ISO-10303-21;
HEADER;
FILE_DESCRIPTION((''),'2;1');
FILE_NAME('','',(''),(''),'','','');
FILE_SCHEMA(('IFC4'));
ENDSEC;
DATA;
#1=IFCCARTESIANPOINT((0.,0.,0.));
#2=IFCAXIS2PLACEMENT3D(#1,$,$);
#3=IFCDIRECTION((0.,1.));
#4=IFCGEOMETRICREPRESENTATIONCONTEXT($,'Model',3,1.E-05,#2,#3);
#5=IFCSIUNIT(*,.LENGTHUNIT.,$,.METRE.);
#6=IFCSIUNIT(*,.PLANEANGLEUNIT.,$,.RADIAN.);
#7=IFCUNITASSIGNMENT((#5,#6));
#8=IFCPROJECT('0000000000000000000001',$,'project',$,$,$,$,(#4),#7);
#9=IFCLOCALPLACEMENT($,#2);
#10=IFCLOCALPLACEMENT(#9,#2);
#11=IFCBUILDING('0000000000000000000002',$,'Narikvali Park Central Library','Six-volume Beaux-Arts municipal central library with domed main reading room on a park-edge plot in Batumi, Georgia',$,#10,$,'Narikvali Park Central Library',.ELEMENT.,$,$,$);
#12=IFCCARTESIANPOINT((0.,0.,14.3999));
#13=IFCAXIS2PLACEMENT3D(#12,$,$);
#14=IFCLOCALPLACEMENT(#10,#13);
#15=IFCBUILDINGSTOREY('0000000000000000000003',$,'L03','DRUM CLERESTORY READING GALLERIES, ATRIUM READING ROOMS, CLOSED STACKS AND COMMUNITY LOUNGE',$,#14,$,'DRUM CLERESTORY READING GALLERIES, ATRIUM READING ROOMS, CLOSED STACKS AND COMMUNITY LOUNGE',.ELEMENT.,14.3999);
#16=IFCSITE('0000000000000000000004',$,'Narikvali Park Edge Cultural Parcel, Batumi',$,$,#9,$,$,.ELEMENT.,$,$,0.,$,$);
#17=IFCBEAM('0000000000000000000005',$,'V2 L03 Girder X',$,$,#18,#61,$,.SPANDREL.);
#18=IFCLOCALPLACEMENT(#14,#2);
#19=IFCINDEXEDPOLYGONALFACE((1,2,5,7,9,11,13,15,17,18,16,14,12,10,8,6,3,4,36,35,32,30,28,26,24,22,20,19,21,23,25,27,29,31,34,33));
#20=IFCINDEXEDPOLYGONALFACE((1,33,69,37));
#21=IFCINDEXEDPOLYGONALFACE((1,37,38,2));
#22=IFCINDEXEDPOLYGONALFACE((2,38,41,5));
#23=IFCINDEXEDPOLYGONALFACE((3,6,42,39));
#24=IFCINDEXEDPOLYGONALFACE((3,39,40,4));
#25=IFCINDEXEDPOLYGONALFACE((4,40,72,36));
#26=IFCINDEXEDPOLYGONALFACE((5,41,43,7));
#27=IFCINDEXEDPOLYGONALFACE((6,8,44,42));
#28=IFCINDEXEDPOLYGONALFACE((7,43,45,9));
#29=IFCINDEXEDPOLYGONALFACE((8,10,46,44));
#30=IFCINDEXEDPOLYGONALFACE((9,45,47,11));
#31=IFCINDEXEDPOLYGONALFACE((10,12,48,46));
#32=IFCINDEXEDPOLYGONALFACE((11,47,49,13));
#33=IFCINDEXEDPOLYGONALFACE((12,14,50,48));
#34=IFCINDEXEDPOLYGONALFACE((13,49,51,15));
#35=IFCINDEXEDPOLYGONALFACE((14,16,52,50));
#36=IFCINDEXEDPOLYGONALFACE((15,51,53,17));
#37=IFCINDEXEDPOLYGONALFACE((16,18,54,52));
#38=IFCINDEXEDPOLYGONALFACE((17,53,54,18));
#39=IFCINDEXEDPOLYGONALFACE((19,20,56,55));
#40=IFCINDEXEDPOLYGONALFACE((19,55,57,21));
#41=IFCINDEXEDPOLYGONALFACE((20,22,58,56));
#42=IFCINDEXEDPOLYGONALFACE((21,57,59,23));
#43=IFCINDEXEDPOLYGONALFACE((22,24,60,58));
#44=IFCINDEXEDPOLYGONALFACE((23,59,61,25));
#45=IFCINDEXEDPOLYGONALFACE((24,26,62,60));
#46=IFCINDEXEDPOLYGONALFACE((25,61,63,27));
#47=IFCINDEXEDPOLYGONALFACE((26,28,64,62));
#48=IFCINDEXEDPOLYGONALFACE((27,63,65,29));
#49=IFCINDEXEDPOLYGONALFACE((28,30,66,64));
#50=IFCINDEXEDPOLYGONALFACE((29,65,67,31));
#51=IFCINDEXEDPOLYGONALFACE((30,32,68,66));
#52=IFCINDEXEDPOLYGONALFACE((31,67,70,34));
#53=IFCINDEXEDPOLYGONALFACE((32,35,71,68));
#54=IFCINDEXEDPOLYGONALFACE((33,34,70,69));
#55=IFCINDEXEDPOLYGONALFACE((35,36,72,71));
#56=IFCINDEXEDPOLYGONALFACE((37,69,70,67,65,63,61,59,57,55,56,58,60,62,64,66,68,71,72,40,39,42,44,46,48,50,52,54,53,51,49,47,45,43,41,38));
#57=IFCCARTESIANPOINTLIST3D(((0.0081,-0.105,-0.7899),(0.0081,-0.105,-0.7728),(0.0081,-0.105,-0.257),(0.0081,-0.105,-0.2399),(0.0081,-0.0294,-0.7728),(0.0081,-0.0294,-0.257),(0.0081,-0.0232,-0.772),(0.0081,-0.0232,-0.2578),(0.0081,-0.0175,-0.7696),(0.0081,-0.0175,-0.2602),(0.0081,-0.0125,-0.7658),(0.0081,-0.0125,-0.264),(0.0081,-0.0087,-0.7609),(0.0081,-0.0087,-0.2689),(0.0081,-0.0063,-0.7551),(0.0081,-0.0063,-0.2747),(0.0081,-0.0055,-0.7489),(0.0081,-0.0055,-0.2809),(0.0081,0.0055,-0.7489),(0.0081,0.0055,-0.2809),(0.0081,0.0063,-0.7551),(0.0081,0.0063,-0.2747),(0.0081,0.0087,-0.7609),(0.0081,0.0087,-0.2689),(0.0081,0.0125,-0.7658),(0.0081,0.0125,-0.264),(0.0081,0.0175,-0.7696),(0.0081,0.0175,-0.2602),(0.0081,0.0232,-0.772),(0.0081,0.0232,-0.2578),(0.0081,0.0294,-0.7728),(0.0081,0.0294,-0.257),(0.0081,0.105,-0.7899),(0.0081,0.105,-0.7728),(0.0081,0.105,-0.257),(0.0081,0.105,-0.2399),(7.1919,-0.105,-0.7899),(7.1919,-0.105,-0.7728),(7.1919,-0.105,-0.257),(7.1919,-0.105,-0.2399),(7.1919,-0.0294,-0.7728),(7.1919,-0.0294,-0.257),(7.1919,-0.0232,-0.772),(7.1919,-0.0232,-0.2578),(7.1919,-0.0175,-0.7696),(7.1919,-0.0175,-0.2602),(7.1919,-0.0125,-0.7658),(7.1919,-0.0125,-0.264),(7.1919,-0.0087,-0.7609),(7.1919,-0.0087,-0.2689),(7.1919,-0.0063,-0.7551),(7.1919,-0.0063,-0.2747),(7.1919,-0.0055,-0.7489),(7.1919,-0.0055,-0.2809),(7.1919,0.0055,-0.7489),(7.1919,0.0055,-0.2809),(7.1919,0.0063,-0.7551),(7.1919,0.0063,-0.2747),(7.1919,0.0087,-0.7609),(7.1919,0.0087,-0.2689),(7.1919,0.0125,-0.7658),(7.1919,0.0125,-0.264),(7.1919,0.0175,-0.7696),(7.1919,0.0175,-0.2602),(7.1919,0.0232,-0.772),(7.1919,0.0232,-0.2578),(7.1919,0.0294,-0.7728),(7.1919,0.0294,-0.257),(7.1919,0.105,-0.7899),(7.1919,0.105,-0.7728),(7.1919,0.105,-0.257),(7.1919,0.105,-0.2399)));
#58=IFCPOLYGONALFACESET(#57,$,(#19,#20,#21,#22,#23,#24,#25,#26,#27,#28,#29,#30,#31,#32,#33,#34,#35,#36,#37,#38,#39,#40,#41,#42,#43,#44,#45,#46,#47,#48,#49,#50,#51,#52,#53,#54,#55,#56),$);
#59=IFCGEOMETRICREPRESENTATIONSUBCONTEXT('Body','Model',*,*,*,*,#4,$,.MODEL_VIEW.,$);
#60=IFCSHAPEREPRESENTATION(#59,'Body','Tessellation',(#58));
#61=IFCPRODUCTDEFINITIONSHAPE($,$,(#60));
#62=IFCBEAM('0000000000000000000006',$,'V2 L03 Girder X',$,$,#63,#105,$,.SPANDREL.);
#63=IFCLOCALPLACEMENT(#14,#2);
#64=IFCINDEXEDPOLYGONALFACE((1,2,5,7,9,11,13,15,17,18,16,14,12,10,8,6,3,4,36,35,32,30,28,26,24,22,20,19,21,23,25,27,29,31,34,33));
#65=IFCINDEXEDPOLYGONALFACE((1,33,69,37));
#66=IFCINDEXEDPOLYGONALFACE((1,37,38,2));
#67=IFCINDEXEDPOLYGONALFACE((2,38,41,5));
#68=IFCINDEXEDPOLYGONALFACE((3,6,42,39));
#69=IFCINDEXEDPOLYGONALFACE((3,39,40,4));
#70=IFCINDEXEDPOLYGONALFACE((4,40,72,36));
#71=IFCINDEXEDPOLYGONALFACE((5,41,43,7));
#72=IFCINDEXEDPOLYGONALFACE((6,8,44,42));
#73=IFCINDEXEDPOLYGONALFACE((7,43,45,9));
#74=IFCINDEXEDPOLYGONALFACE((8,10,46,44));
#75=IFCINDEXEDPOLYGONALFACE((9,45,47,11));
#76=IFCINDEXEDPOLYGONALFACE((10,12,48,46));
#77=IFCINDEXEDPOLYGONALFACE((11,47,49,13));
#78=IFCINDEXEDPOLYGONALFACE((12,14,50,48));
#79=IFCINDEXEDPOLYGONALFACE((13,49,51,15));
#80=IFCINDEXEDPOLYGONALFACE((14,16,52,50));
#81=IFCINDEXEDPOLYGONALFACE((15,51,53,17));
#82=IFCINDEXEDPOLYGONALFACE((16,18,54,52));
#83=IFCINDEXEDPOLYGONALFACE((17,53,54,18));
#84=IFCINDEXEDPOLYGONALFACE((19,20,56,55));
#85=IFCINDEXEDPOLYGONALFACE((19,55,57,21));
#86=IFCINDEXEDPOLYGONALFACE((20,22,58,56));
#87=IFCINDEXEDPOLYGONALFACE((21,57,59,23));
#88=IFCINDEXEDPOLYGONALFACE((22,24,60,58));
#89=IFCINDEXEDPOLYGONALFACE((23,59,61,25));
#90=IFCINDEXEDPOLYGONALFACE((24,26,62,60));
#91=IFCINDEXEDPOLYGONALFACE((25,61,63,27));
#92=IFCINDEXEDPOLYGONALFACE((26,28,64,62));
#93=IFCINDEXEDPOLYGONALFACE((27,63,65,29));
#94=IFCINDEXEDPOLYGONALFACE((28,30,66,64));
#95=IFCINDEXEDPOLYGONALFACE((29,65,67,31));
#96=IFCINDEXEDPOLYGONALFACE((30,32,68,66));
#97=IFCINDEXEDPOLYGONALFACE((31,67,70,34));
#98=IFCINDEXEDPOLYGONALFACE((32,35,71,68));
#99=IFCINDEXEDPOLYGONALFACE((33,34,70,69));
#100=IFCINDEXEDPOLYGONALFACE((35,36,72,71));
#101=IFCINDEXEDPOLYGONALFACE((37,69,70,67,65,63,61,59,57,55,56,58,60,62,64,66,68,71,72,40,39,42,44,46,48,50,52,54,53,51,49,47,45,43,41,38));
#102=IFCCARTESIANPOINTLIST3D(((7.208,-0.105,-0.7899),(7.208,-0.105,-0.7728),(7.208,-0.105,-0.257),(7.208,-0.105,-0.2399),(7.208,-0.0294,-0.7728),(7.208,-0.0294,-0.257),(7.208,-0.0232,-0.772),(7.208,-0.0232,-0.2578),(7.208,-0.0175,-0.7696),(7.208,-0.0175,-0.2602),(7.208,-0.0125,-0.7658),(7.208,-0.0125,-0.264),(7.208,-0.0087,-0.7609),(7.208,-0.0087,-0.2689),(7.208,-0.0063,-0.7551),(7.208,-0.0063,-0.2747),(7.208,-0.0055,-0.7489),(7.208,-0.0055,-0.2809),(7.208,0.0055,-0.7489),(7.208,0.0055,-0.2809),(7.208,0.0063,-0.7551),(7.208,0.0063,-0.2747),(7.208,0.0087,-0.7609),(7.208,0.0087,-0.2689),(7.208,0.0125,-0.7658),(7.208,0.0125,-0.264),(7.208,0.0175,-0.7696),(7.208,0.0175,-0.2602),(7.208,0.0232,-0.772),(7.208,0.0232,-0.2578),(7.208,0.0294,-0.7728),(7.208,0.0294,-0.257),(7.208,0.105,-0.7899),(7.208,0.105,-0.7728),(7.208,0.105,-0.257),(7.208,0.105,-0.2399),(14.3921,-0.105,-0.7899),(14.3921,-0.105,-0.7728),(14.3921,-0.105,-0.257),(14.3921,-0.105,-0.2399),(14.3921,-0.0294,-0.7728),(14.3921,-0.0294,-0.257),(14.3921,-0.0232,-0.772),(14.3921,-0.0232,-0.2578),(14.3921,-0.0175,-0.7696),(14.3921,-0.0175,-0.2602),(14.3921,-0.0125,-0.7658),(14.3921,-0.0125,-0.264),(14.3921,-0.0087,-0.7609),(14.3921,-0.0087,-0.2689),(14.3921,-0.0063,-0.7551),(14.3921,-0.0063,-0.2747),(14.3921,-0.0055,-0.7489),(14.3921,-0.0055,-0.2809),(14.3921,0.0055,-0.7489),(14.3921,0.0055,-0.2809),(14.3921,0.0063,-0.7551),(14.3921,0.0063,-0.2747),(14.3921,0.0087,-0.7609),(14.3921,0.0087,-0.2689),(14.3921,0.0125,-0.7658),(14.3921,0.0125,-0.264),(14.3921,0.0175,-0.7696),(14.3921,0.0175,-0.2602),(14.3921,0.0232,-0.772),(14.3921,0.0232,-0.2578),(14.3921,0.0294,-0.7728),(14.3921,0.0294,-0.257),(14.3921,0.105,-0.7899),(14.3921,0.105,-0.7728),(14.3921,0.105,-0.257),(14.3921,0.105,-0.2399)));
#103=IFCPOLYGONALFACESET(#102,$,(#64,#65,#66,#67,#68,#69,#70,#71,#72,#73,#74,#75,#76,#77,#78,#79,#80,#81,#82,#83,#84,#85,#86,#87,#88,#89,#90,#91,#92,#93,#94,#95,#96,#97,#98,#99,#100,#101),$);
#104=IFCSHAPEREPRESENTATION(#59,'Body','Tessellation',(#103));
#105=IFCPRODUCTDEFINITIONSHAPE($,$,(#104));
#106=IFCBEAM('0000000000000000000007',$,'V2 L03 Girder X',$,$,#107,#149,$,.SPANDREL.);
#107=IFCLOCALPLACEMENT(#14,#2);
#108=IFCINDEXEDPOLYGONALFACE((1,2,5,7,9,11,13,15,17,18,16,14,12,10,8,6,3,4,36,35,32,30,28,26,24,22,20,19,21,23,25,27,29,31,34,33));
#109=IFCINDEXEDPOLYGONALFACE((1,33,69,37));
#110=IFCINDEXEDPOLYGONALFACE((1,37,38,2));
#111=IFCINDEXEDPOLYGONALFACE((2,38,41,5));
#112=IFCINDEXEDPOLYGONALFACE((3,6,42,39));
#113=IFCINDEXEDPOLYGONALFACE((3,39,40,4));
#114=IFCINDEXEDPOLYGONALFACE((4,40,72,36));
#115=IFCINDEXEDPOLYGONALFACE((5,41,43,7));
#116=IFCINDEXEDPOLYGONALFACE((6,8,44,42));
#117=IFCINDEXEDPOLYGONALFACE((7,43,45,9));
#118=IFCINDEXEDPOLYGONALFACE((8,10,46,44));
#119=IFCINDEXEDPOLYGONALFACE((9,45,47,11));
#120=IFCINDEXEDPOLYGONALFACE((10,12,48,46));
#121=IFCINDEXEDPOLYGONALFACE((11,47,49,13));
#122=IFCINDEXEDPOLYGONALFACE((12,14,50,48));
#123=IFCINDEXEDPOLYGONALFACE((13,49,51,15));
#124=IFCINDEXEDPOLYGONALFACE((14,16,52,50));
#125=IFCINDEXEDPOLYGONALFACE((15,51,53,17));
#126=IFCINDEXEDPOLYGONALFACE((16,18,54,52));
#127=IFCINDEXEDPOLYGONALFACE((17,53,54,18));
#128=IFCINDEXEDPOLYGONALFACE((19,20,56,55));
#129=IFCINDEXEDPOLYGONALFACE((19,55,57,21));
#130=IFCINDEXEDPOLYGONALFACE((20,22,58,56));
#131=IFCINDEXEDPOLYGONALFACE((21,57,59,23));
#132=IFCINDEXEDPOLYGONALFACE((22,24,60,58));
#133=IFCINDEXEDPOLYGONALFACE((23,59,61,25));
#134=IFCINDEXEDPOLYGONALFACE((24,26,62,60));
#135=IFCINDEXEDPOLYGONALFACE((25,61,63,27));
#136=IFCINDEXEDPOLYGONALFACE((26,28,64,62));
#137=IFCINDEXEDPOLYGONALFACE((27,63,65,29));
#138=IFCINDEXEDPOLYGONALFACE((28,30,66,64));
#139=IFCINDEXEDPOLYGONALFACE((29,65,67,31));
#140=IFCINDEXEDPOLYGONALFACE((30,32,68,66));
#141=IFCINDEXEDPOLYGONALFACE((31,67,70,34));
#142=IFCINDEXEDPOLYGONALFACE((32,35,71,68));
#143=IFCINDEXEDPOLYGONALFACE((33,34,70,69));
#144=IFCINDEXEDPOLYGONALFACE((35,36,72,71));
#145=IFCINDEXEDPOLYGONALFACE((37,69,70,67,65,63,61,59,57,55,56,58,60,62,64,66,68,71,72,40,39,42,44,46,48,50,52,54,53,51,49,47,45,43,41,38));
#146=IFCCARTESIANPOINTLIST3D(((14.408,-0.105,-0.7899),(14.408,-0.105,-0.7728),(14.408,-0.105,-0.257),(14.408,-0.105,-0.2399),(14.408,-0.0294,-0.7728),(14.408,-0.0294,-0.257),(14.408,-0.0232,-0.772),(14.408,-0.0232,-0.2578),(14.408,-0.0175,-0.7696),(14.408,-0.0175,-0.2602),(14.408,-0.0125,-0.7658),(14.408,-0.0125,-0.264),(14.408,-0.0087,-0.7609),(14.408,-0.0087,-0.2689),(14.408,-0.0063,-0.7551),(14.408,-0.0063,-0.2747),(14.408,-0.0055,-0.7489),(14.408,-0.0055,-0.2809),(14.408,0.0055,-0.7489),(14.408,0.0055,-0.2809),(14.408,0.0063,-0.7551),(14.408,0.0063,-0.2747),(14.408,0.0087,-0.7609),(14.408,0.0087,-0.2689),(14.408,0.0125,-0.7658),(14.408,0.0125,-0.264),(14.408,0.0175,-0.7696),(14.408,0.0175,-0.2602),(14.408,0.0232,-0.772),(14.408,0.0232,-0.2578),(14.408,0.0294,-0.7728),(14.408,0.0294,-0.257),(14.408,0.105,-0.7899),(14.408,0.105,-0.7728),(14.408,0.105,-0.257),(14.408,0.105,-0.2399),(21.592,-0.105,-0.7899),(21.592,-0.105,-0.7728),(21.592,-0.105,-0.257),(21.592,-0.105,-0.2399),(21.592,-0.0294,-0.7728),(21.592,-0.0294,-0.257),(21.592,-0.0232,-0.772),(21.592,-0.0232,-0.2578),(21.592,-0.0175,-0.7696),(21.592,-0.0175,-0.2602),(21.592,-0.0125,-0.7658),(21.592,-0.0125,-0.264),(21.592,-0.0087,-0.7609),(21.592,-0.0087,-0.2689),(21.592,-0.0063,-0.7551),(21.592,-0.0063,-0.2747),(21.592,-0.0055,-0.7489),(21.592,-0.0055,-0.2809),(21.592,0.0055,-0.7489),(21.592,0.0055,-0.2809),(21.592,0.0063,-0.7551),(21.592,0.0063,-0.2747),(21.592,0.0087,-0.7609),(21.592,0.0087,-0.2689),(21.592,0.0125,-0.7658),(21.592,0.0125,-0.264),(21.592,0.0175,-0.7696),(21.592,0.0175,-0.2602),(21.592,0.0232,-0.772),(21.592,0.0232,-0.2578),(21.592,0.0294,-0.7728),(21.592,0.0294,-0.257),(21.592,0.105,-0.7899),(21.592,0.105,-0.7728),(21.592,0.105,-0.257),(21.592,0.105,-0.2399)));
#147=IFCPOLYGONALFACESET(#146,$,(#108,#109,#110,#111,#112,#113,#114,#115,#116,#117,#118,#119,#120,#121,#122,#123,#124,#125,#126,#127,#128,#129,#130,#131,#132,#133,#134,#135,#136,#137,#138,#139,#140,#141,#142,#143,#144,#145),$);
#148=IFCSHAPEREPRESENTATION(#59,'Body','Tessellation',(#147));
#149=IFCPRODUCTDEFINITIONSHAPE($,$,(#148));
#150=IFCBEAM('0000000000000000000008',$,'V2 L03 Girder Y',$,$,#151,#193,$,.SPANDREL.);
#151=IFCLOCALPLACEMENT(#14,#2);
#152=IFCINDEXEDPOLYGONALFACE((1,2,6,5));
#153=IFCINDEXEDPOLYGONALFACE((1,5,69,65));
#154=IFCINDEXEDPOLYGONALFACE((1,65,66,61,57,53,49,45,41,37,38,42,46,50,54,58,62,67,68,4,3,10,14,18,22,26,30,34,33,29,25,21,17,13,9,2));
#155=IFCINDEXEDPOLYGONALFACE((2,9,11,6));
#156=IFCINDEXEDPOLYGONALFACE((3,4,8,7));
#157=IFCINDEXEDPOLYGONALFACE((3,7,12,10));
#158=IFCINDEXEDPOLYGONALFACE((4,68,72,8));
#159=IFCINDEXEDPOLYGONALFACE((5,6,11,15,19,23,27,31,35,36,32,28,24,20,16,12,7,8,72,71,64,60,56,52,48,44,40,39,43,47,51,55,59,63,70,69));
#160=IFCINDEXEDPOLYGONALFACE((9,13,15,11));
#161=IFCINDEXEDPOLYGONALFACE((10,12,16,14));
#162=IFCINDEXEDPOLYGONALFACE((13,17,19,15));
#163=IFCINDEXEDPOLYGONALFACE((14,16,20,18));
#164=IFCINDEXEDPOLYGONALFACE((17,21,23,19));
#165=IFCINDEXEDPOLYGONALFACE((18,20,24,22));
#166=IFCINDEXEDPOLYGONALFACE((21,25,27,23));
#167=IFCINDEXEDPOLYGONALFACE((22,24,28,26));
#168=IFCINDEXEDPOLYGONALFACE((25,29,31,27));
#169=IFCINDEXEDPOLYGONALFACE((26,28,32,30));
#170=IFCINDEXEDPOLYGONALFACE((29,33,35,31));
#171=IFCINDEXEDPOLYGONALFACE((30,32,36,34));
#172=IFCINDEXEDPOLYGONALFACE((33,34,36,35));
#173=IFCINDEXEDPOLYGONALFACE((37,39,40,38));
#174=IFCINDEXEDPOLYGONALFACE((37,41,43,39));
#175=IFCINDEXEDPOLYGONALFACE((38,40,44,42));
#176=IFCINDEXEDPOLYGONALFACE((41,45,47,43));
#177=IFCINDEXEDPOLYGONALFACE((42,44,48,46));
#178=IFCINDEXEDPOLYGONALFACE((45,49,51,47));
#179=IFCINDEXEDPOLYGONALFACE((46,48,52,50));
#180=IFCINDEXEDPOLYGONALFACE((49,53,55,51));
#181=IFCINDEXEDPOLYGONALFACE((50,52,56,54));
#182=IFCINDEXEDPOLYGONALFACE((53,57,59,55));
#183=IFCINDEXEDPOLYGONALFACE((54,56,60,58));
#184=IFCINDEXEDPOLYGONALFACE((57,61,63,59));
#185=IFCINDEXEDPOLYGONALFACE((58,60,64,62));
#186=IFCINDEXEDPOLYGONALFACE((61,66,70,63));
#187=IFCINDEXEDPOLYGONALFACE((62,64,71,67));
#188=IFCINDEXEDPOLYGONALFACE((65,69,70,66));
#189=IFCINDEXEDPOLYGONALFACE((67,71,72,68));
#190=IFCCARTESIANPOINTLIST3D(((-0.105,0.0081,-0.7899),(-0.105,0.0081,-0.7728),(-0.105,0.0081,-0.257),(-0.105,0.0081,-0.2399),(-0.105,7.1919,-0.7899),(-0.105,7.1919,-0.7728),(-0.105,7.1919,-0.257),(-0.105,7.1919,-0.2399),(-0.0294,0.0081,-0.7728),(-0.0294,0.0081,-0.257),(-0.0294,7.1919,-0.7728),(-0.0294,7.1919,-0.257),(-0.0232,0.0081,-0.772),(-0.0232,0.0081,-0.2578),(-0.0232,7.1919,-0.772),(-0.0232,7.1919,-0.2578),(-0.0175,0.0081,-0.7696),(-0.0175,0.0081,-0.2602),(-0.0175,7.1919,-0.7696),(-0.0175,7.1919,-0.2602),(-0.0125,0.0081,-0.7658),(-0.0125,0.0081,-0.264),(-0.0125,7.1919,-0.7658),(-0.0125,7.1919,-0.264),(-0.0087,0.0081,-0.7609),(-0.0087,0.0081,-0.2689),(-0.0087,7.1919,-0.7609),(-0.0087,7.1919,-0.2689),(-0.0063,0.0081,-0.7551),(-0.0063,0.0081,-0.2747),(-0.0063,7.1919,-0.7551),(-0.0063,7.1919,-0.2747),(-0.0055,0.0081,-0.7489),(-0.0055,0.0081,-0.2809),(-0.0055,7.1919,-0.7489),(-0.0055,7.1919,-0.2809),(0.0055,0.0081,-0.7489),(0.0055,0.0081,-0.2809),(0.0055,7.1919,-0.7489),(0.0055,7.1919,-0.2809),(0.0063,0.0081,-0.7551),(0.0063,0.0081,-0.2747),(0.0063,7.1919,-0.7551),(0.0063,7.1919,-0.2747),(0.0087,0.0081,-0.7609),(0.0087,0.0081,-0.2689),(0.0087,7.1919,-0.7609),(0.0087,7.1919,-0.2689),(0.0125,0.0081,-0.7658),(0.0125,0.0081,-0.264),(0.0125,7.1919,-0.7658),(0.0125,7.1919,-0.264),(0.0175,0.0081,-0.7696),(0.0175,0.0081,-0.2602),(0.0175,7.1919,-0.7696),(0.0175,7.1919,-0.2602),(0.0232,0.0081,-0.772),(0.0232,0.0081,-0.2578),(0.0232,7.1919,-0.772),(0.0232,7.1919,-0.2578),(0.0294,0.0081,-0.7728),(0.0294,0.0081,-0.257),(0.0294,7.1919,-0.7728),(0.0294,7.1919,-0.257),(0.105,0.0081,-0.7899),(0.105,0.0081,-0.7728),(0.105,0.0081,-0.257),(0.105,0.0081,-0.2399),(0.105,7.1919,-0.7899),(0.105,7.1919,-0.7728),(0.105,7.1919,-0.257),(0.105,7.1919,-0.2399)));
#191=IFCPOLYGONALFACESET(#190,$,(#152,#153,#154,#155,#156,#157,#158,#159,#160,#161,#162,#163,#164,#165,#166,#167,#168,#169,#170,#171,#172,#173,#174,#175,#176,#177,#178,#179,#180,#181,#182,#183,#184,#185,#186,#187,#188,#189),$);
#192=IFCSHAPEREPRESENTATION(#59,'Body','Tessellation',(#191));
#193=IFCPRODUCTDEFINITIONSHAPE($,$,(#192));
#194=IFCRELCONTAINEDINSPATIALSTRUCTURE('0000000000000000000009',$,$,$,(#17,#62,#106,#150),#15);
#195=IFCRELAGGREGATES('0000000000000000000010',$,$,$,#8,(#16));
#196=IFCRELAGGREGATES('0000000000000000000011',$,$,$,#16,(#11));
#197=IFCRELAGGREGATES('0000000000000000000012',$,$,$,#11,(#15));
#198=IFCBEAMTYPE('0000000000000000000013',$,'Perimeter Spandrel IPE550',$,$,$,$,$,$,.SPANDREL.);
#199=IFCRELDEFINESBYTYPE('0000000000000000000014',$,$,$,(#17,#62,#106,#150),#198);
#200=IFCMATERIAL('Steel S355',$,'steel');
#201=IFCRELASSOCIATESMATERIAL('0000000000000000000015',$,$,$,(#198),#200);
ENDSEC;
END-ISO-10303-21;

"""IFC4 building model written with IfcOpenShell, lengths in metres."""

from ifc_helpers import new_model, si_unit, direction, frame, origin, origin_2d, place, context, subcontext, project, spatial, i_section, extrude, material, material_profile, profile_set, type_object, element, save


model = new_model("IFC4")

# Units and contexts
model_context = context("Model", 3, precision=1e-05, world=origin(), true_north=direction((0.0, 1.0)))
body_context = subcontext(model_context, "Body", "Model", "MODEL_VIEW")
ifc_project = project(units=[si_unit("LENGTHUNIT", "METRE"), si_unit("PLANEANGLEUNIT", "RADIAN")], contexts=[model_context])

# Site, building, storey
site_placement = place(None, origin())
site = spatial("IfcSite", under=ifc_project, at=site_placement, Name="Narikvali Park Edge Cultural Parcel, Batumi", CompositionType="ELEMENT", RefElevation=0.0)
building_placement = place(site_placement, origin())
building = spatial("IfcBuilding", under=site, at=building_placement, Name="Narikvali Park Central Library", Description="Six-volume Beaux-Arts municipal central library with domed main reading room on a park-edge plot in Batumi, Georgia", LongName="Narikvali Park Central Library", CompositionType="ELEMENT")
storey_placement = place(building_placement, frame((0.0, 0.0, 14.3999)))
storey = spatial("IfcBuildingStorey", under=building, at=storey_placement, Name="L03", Description="DRUM CLERESTORY READING GALLERIES, ATRIUM READING ROOMS, CLOSED STACKS AND COMMUNITY LOUNGE", LongName="DRUM CLERESTORY READING GALLERIES, ATRIUM READING ROOMS, CLOSED STACKS AND COMMUNITY LOUNGE", CompositionType="ELEMENT", Elevation=14.3999)

# Beams
ifc_material_1 = material(Name="Steel S355", Category="steel")
ifc_material_profile_1 = material_profile(ifc_material_1, i_section(OverallWidth=0.21, OverallDepth=0.55, WebThickness=0.011, FlangeThickness=0.0171, FilletRadius=0.0239, at=origin_2d()), Name="IPE 550")
ifc_profile_set_1 = profile_set([ifc_material_profile_1], Name="Steel S355")
beam_type_1 = type_object("IfcBeamType", Name="Perimeter Spandrel IPE550", PredefinedType="SPANDREL", material=ifc_profile_set_1)
beam_placement = place(storey_placement, frame((0.0081, 0.0, -0.5149), z_axis=(1.0, 0.0, 0.0), x_axis=(0.0, 1.0, 0.0)))
element("IfcBeam", 1, at=beam_placement, inside=storey, type_object=beam_type_1, Name="V2 L03 Girder X", PredefinedType="SPANDREL", context=body_context, shape_type="SweptSolid", body=[
    extrude(i_section(OverallWidth=0.21, OverallDepth=0.55, WebThickness=0.011, FlangeThickness=0.0171, FilletRadius=0.0239, at=origin_2d()), origin(), (0.0, 0.0, 1.0), 7.1838),
])
for number, where, z_axis, x_axis, name in (
    (2, (7.208, 0.0, -0.5149), (1.0, 0.0, 0.0), (0.0, 1.0, 0.0), "V2 L03 Girder X"),
    (3, (14.408, 0.0, -0.5149), (1.0, 0.0, 0.0), (0.0, 1.0, 0.0), "V2 L03 Girder X"),
):
    element("IfcBeam", number, at=place(storey_placement, frame(where, z_axis=z_axis, x_axis=x_axis)), inside=storey, type_object=beam_type_1, Name=name, PredefinedType="SPANDREL", context=body_context, shape_type="SweptSolid", body=[
        extrude(i_section(OverallWidth=0.21, OverallDepth=0.55, WebThickness=0.011, FlangeThickness=0.0171, FilletRadius=0.0239, at=origin_2d()), origin(), (0.0, 0.0, 1.0), 7.1841),
    ])
for number, where, z_axis, x_axis, name in (
    (4, (0.0, 0.0081, -0.5149), (0.0, 1.0, 0.0), (-1.0, 0.0, 0.0), "V2 L03 Girder Y"),
):
    element("IfcBeam", number, at=place(storey_placement, frame(where, z_axis=z_axis, x_axis=x_axis)), inside=storey, type_object=beam_type_1, Name=name, PredefinedType="SPANDREL", context=body_context, shape_type="SweptSolid", body=[
        extrude(i_section(OverallWidth=0.21, OverallDepth=0.55, WebThickness=0.011, FlangeThickness=0.0171, FilletRadius=0.0239, at=origin_2d()), origin(), (0.0, 0.0, 1.0), 7.1838),
    ])

save(model, "model.ifc")
